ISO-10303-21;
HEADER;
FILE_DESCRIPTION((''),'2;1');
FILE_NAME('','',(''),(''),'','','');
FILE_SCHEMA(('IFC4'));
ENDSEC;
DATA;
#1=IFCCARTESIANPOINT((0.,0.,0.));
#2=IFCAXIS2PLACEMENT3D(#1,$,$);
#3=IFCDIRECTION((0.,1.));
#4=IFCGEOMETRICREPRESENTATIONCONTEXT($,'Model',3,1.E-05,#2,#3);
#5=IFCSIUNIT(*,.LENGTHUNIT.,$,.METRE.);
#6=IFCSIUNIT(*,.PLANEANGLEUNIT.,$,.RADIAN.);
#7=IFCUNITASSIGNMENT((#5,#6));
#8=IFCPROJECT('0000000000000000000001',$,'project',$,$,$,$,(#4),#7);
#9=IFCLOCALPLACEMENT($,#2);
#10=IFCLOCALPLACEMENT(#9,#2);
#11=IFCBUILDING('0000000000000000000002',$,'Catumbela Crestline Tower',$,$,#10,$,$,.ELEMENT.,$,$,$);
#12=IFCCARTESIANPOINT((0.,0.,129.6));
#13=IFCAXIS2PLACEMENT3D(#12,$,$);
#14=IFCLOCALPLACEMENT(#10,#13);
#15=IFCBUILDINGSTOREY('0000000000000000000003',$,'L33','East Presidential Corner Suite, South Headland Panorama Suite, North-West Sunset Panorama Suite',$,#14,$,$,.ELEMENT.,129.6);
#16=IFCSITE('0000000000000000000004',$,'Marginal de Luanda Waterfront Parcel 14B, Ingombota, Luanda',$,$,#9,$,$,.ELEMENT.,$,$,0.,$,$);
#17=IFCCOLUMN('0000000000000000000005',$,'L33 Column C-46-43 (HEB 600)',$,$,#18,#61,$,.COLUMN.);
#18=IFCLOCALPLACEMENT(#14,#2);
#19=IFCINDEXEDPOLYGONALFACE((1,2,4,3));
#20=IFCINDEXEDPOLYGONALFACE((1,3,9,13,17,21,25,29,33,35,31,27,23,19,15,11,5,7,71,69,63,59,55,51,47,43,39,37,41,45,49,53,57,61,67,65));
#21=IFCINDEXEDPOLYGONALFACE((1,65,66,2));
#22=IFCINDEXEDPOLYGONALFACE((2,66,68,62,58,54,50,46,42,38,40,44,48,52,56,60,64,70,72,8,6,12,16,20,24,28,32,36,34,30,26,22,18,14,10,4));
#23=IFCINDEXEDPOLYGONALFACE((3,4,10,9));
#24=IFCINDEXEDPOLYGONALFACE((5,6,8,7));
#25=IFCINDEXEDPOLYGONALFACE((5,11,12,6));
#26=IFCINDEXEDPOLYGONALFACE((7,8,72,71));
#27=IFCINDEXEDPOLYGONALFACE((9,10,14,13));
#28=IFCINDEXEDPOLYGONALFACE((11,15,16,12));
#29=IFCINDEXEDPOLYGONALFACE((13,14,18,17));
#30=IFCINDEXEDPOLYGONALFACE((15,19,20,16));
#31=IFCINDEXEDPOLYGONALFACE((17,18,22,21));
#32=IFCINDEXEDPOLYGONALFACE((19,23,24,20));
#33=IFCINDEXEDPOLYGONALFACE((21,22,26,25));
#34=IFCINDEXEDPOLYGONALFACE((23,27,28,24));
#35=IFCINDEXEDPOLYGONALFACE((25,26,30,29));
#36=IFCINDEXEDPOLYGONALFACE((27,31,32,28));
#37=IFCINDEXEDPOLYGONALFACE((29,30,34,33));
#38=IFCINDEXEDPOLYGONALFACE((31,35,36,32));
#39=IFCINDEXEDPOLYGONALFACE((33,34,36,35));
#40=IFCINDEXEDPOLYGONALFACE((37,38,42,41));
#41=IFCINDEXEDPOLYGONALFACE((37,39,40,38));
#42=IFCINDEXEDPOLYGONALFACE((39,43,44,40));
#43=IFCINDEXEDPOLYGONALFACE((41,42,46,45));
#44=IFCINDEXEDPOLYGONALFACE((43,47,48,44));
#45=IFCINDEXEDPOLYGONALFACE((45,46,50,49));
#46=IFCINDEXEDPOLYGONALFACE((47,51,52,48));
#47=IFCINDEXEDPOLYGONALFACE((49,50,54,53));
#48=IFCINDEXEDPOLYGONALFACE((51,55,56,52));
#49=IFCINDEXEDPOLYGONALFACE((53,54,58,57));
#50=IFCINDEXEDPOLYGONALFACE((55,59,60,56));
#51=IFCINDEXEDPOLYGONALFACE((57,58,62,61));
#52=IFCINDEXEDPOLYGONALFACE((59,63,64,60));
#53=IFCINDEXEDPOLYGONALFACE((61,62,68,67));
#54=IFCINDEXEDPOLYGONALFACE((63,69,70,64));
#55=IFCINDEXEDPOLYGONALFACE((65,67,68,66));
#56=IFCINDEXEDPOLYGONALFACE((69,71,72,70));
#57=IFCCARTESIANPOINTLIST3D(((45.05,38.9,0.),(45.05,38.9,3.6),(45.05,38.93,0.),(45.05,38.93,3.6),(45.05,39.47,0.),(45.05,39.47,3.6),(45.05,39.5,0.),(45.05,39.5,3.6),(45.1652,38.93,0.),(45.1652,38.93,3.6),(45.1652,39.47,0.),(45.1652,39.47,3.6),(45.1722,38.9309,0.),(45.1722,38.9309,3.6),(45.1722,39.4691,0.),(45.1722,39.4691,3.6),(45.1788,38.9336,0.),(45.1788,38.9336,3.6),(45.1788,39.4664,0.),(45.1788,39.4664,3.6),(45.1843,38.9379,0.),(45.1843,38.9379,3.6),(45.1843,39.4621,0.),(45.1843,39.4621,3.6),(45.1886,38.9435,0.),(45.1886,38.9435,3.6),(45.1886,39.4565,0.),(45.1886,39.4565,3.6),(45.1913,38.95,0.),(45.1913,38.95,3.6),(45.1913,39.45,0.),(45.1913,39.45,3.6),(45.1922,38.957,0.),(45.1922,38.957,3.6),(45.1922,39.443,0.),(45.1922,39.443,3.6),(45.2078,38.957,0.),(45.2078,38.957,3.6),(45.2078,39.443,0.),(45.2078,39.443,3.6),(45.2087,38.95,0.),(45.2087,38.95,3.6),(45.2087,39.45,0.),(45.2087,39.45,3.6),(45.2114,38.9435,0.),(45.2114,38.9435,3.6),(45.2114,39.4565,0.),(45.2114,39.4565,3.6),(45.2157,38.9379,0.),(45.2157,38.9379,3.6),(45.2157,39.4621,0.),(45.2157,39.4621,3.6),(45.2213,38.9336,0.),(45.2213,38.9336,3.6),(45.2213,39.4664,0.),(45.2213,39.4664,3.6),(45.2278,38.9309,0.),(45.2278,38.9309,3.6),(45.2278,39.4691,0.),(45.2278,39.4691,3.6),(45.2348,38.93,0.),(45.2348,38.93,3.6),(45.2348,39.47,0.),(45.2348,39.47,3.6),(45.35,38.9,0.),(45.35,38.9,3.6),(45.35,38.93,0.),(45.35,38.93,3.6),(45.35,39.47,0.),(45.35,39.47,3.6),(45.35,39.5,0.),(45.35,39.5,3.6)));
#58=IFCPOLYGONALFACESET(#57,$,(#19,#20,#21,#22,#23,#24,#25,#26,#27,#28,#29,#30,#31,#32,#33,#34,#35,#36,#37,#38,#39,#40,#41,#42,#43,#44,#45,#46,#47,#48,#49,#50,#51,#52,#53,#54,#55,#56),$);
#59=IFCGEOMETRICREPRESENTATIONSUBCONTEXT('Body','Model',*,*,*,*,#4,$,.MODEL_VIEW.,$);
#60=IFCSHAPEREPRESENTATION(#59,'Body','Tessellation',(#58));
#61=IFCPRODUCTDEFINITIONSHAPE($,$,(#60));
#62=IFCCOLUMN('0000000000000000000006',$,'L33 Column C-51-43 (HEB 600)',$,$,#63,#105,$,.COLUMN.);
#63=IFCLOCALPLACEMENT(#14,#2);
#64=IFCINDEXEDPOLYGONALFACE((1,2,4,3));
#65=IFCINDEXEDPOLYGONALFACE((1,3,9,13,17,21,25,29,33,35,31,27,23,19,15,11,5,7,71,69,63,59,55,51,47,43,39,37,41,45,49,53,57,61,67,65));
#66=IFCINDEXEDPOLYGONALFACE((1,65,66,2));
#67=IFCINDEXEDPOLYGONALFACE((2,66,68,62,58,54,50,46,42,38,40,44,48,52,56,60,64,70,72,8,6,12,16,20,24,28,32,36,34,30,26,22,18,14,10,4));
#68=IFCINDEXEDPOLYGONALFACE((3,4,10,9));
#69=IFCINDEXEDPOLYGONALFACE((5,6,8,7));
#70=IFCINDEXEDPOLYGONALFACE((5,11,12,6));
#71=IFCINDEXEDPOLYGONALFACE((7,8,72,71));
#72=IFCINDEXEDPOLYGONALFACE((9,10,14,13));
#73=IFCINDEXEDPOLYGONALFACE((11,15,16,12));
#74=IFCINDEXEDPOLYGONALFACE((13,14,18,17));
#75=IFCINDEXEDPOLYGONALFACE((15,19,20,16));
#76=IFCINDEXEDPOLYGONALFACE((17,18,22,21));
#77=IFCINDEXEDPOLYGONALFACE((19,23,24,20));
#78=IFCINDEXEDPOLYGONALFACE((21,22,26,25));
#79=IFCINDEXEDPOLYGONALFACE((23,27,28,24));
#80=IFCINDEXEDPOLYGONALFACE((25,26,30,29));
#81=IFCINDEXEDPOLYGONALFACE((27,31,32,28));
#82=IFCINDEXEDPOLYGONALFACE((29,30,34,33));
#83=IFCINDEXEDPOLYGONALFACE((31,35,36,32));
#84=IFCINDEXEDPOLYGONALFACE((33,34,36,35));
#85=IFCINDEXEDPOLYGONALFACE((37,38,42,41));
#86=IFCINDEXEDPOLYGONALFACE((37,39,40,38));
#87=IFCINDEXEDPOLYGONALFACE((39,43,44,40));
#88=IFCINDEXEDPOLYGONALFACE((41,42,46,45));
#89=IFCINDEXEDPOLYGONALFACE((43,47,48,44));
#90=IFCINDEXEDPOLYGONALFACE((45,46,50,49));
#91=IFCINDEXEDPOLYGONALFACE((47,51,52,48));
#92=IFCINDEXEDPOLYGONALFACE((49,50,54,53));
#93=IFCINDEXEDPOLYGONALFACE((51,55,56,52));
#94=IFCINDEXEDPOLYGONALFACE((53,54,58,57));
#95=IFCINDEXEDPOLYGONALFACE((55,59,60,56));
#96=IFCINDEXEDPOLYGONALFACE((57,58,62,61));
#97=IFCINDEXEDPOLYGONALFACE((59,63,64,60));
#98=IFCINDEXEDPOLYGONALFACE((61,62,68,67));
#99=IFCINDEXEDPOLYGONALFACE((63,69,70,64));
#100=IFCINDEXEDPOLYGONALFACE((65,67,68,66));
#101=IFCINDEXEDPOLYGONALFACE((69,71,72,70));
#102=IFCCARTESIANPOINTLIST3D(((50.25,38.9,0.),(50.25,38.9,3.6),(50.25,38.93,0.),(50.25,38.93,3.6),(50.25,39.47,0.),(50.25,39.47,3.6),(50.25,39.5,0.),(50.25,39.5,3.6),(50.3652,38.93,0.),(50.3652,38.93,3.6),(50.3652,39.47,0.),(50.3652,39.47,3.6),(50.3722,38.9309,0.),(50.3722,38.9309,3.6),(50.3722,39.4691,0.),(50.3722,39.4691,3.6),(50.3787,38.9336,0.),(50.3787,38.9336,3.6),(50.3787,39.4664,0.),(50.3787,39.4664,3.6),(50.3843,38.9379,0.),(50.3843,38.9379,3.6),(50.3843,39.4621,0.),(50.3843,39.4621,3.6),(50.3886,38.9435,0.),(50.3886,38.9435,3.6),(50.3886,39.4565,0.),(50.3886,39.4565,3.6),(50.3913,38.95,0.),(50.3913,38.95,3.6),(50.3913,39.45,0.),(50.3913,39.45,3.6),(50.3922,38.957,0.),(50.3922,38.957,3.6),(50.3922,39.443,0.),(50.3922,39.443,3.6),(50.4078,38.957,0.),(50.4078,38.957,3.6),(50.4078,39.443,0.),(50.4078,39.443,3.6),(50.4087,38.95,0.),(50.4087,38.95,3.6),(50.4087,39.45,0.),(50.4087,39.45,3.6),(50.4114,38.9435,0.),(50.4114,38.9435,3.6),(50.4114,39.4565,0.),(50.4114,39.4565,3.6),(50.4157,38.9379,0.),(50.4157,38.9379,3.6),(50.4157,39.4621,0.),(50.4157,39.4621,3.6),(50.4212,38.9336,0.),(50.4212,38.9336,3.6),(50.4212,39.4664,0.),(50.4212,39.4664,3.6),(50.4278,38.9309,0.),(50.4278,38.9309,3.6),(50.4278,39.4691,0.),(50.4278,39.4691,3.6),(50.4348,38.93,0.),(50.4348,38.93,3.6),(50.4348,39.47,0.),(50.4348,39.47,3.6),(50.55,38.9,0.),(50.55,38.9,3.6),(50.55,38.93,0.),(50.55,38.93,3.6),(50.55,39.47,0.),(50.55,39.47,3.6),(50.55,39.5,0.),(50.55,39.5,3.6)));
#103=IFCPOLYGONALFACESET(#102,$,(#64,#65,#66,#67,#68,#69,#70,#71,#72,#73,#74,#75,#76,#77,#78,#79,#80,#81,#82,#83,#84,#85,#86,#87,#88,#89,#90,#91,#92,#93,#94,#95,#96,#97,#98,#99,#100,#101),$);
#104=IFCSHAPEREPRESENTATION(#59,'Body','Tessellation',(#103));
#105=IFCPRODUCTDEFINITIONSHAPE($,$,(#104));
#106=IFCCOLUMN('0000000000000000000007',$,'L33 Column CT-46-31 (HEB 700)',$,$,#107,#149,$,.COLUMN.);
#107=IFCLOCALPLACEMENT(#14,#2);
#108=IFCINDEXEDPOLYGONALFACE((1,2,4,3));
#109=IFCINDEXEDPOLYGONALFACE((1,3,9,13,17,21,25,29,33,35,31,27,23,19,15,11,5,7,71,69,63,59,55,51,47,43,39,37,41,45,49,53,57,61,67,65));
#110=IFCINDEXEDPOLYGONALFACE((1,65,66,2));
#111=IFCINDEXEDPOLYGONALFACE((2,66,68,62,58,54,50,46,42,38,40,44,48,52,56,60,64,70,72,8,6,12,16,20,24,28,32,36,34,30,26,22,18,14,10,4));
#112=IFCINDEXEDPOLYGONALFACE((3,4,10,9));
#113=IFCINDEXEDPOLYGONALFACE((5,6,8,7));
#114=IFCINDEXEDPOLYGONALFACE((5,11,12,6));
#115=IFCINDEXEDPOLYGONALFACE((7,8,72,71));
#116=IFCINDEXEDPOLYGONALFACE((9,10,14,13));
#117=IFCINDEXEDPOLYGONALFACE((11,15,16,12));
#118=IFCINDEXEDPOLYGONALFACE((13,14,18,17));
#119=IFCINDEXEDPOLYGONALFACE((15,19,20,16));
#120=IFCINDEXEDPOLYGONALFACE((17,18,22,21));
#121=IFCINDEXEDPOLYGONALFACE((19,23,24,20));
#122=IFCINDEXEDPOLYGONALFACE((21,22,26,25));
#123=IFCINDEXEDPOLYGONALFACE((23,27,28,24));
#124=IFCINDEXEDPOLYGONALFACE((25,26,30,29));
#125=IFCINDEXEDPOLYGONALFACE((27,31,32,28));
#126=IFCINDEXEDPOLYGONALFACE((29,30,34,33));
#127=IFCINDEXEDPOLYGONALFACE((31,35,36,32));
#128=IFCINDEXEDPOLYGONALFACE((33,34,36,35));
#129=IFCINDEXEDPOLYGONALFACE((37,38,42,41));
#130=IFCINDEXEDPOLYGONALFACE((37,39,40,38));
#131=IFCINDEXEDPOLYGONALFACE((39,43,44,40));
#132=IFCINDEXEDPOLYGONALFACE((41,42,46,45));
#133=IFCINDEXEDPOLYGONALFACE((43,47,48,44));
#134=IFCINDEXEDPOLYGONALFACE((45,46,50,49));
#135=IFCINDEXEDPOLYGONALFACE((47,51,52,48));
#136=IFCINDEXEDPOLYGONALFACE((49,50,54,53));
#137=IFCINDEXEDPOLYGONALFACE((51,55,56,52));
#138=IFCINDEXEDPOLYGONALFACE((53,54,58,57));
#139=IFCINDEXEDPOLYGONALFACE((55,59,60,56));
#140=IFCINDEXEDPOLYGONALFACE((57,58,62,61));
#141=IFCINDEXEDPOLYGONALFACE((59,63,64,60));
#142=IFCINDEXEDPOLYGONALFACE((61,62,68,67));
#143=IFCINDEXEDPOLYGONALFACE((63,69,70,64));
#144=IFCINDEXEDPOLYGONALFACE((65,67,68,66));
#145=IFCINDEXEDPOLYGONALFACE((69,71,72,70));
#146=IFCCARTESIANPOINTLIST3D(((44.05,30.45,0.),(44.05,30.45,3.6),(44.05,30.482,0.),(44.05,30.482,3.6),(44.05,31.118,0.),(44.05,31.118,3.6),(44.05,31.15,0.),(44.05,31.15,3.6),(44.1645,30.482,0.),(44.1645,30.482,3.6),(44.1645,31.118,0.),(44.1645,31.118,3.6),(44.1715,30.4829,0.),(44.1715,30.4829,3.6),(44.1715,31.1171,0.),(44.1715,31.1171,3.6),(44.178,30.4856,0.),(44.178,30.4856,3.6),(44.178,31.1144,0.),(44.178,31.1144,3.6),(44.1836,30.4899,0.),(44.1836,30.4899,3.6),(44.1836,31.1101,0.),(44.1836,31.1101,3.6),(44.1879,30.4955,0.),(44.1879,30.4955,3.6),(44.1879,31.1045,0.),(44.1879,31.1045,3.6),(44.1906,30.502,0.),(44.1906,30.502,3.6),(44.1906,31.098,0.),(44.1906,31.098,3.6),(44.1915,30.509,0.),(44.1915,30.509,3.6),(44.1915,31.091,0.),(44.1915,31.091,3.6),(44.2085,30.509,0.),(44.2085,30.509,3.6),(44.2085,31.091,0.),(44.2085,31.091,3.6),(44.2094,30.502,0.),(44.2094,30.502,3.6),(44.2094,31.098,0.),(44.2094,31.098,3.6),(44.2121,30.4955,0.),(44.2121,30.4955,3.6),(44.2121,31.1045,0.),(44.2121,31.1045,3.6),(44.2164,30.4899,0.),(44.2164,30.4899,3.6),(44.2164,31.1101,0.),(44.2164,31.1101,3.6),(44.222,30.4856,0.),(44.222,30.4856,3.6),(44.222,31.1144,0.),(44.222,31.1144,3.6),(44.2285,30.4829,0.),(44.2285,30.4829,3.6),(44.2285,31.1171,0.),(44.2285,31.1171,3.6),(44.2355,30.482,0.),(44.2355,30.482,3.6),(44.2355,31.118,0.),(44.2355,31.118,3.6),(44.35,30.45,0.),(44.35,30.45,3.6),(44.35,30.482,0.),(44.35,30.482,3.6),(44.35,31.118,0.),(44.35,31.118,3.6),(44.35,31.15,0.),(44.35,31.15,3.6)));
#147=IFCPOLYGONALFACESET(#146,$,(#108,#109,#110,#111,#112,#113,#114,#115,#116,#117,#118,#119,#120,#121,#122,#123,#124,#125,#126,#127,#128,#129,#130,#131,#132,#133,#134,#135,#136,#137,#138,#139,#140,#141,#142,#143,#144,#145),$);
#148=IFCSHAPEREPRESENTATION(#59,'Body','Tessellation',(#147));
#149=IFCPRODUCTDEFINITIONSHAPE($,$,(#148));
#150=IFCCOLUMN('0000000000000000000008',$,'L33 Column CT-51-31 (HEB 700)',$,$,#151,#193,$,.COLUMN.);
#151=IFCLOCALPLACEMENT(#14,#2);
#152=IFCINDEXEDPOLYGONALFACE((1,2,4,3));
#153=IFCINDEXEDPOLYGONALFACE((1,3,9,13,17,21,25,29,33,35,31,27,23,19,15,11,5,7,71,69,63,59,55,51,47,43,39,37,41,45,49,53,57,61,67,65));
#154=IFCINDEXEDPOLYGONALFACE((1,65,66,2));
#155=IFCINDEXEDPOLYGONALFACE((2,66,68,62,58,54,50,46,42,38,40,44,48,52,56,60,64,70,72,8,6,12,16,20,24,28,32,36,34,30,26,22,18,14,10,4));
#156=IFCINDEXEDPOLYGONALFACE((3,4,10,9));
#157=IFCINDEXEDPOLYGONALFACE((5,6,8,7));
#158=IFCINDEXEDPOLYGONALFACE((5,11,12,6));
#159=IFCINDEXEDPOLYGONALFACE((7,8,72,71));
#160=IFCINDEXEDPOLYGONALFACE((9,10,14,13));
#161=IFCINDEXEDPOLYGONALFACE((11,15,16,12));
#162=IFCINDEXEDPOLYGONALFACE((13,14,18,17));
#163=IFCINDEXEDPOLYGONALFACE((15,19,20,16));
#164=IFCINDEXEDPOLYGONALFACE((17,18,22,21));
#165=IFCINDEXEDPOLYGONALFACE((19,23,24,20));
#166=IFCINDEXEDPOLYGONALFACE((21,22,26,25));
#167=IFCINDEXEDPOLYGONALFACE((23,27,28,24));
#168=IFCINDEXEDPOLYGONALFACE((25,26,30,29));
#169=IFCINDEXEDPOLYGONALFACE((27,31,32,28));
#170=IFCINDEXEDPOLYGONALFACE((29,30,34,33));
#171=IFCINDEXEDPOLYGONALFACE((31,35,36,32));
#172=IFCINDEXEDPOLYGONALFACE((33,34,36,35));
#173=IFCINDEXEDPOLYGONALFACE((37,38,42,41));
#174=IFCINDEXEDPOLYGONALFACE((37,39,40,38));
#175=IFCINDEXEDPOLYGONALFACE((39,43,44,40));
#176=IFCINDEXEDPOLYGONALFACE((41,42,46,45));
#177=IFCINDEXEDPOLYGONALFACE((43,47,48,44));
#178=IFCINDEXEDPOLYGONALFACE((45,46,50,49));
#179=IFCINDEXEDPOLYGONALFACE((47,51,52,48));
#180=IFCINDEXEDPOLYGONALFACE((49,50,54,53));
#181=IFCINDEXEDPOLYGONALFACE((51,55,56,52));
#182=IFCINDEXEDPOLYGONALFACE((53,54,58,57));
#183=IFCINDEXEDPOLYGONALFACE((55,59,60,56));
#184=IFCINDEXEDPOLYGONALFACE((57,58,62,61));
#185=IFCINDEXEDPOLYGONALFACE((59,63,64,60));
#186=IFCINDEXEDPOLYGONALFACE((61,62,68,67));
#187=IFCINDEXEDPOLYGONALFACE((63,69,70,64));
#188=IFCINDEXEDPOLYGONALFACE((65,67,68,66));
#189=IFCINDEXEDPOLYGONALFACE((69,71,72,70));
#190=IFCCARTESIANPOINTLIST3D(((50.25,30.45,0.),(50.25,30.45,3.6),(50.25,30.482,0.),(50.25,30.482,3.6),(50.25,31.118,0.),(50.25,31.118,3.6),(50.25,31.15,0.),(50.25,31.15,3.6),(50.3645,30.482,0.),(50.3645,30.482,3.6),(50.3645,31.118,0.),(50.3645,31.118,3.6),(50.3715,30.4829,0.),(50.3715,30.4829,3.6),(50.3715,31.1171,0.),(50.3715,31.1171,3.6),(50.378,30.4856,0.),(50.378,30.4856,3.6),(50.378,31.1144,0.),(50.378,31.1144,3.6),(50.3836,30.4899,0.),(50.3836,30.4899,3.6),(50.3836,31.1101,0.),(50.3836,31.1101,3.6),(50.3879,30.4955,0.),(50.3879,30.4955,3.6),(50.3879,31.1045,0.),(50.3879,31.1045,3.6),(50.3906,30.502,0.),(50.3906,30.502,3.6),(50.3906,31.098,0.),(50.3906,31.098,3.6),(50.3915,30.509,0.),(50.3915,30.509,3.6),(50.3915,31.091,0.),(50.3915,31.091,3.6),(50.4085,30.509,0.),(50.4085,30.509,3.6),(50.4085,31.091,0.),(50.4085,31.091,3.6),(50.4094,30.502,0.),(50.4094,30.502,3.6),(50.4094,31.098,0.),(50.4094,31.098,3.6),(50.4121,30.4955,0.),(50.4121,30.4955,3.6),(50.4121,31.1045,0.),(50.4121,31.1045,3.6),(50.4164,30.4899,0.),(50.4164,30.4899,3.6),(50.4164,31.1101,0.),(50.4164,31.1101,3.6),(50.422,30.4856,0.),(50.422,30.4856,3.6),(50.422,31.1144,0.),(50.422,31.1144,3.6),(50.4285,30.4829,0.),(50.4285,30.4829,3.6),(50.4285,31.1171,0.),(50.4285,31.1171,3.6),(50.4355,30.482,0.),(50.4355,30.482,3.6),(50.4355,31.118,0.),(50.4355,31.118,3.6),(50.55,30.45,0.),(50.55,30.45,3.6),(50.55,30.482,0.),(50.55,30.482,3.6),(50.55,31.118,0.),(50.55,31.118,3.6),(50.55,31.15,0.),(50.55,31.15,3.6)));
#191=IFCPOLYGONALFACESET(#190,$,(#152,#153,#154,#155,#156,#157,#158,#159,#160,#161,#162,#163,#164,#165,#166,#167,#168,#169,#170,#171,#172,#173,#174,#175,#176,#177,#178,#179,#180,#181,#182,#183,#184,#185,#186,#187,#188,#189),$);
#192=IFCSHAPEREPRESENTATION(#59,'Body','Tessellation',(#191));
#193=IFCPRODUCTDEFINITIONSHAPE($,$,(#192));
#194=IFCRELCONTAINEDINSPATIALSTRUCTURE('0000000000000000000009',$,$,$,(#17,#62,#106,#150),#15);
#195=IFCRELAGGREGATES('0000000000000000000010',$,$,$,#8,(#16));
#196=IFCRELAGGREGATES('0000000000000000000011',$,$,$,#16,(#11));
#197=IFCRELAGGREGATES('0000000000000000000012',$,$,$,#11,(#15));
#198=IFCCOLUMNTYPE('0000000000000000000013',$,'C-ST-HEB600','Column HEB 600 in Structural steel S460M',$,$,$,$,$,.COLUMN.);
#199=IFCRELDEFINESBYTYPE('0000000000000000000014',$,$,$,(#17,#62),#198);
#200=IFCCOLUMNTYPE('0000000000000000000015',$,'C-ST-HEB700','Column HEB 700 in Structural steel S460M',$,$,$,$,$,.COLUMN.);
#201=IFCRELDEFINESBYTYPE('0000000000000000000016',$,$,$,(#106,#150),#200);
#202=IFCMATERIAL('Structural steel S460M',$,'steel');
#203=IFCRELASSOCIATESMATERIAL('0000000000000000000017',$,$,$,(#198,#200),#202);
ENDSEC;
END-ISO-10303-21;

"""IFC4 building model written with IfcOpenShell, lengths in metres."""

from ifc_helpers import new_model, si_unit, direction, frame, origin, origin_2d, place, context, subcontext, project, spatial, i_section, extrude, material, material_profile, profile_set, type_object, element, save


model = new_model("IFC4")

# Units and contexts
model_context = context("Model", 3, precision=1e-05, world=origin(), true_north=direction((0.0, 1.0)))
body_context = subcontext(model_context, "Body", "Model", "MODEL_VIEW")
ifc_project = project(units=[si_unit("LENGTHUNIT", "METRE"), si_unit("PLANEANGLEUNIT", "RADIAN")], contexts=[model_context])

# Site, building, storey
site_placement = place(None, origin())
site = spatial("IfcSite", under=ifc_project, at=site_placement, Name="Marginal de Luanda Waterfront Parcel 14B, Ingombota, Luanda", CompositionType="ELEMENT", RefElevation=0.0)
building_placement = place(site_placement, origin())
building = spatial("IfcBuilding", under=site, at=building_placement, Name="Catumbela Crestline Tower", CompositionType="ELEMENT")
storey_placement = place(building_placement, frame((0.0, 0.0, 129.6)))
storey = spatial("IfcBuildingStorey", under=building, at=storey_placement, Name="L33", Description="East Presidential Corner Suite, South Headland Panorama Suite, North-West Sunset Panorama Suite", CompositionType="ELEMENT", Elevation=129.6)

# Columns
ifc_material_1 = material(Name="Structural steel S460M", Category="steel")
ifc_material_profile_1 = material_profile(ifc_material_1, i_section(OverallWidth=0.3, OverallDepth=0.6, WebThickness=0.0155, FlangeThickness=0.03, FilletRadius=0.027, at=origin_2d()), Name="HEB 600")
ifc_profile_set_1 = profile_set([ifc_material_profile_1], Name="Structural steel S460M")
column_type_1 = type_object("IfcColumnType", Name="C-ST-HEB600", Description="Column HEB 600 in Structural steel S460M", PredefinedType="COLUMN", material=ifc_profile_set_1)
for number, where, z_axis, x_axis, name in (
    (1, (45.2, 39.2, 0.0), (0.0, 0.0, 1.0), (1.0, 0.0, 0.0), "L33 Column C-46-43 (HEB 600)"),
    (2, (50.4, 39.2, 0.0), (0.0, 0.0, 1.0), (1.0, 0.0, 0.0), "L33 Column C-51-43 (HEB 600)"),
):
    element("IfcColumn", number, at=place(storey_placement, frame(where, z_axis=z_axis, x_axis=x_axis)), inside=storey, type_object=column_type_1, Name=name, PredefinedType="COLUMN", context=body_context, shape_type="SweptSolid", body=[
        extrude(i_section(OverallWidth=0.3, OverallDepth=0.6, WebThickness=0.0155, FlangeThickness=0.03, FilletRadius=0.027, at=origin_2d()), origin(), (0.0, 0.0, 1.0), 3.6),
    ])
ifc_material_profile_2 = material_profile(ifc_material_1, i_section(OverallWidth=0.3, OverallDepth=0.7, WebThickness=0.017, FlangeThickness=0.032, FilletRadius=0.027, at=origin_2d()), Name="HEB 700")
ifc_profile_set_2 = profile_set([ifc_material_profile_2], Name="Structural steel S460M")
column_type_2 = type_object("IfcColumnType", Name="C-ST-HEB700", Description="Column HEB 700 in Structural steel S460M", PredefinedType="COLUMN", material=ifc_profile_set_2)
for number, where, z_axis, x_axis, name in (
    (3, (44.2, 30.8, 0.0), (0.0, 0.0, 1.0), (1.0, 0.0, 0.0), "L33 Column CT-46-31 (HEB 700)"),
    (4, (50.4, 30.8, 0.0), (0.0, 0.0, 1.0), (1.0, 0.0, 0.0), "L33 Column CT-51-31 (HEB 700)"),
):
    element("IfcColumn", number, at=place(storey_placement, frame(where, z_axis=z_axis, x_axis=x_axis)), inside=storey, type_object=column_type_2, Name=name, PredefinedType="COLUMN", context=body_context, shape_type="SweptSolid", body=[
        extrude(i_section(OverallWidth=0.3, OverallDepth=0.7, WebThickness=0.017, FlangeThickness=0.032, FilletRadius=0.027, at=origin_2d()), origin(), (0.0, 0.0, 1.0), 3.6),
    ])

save(model, "model.ifc")
